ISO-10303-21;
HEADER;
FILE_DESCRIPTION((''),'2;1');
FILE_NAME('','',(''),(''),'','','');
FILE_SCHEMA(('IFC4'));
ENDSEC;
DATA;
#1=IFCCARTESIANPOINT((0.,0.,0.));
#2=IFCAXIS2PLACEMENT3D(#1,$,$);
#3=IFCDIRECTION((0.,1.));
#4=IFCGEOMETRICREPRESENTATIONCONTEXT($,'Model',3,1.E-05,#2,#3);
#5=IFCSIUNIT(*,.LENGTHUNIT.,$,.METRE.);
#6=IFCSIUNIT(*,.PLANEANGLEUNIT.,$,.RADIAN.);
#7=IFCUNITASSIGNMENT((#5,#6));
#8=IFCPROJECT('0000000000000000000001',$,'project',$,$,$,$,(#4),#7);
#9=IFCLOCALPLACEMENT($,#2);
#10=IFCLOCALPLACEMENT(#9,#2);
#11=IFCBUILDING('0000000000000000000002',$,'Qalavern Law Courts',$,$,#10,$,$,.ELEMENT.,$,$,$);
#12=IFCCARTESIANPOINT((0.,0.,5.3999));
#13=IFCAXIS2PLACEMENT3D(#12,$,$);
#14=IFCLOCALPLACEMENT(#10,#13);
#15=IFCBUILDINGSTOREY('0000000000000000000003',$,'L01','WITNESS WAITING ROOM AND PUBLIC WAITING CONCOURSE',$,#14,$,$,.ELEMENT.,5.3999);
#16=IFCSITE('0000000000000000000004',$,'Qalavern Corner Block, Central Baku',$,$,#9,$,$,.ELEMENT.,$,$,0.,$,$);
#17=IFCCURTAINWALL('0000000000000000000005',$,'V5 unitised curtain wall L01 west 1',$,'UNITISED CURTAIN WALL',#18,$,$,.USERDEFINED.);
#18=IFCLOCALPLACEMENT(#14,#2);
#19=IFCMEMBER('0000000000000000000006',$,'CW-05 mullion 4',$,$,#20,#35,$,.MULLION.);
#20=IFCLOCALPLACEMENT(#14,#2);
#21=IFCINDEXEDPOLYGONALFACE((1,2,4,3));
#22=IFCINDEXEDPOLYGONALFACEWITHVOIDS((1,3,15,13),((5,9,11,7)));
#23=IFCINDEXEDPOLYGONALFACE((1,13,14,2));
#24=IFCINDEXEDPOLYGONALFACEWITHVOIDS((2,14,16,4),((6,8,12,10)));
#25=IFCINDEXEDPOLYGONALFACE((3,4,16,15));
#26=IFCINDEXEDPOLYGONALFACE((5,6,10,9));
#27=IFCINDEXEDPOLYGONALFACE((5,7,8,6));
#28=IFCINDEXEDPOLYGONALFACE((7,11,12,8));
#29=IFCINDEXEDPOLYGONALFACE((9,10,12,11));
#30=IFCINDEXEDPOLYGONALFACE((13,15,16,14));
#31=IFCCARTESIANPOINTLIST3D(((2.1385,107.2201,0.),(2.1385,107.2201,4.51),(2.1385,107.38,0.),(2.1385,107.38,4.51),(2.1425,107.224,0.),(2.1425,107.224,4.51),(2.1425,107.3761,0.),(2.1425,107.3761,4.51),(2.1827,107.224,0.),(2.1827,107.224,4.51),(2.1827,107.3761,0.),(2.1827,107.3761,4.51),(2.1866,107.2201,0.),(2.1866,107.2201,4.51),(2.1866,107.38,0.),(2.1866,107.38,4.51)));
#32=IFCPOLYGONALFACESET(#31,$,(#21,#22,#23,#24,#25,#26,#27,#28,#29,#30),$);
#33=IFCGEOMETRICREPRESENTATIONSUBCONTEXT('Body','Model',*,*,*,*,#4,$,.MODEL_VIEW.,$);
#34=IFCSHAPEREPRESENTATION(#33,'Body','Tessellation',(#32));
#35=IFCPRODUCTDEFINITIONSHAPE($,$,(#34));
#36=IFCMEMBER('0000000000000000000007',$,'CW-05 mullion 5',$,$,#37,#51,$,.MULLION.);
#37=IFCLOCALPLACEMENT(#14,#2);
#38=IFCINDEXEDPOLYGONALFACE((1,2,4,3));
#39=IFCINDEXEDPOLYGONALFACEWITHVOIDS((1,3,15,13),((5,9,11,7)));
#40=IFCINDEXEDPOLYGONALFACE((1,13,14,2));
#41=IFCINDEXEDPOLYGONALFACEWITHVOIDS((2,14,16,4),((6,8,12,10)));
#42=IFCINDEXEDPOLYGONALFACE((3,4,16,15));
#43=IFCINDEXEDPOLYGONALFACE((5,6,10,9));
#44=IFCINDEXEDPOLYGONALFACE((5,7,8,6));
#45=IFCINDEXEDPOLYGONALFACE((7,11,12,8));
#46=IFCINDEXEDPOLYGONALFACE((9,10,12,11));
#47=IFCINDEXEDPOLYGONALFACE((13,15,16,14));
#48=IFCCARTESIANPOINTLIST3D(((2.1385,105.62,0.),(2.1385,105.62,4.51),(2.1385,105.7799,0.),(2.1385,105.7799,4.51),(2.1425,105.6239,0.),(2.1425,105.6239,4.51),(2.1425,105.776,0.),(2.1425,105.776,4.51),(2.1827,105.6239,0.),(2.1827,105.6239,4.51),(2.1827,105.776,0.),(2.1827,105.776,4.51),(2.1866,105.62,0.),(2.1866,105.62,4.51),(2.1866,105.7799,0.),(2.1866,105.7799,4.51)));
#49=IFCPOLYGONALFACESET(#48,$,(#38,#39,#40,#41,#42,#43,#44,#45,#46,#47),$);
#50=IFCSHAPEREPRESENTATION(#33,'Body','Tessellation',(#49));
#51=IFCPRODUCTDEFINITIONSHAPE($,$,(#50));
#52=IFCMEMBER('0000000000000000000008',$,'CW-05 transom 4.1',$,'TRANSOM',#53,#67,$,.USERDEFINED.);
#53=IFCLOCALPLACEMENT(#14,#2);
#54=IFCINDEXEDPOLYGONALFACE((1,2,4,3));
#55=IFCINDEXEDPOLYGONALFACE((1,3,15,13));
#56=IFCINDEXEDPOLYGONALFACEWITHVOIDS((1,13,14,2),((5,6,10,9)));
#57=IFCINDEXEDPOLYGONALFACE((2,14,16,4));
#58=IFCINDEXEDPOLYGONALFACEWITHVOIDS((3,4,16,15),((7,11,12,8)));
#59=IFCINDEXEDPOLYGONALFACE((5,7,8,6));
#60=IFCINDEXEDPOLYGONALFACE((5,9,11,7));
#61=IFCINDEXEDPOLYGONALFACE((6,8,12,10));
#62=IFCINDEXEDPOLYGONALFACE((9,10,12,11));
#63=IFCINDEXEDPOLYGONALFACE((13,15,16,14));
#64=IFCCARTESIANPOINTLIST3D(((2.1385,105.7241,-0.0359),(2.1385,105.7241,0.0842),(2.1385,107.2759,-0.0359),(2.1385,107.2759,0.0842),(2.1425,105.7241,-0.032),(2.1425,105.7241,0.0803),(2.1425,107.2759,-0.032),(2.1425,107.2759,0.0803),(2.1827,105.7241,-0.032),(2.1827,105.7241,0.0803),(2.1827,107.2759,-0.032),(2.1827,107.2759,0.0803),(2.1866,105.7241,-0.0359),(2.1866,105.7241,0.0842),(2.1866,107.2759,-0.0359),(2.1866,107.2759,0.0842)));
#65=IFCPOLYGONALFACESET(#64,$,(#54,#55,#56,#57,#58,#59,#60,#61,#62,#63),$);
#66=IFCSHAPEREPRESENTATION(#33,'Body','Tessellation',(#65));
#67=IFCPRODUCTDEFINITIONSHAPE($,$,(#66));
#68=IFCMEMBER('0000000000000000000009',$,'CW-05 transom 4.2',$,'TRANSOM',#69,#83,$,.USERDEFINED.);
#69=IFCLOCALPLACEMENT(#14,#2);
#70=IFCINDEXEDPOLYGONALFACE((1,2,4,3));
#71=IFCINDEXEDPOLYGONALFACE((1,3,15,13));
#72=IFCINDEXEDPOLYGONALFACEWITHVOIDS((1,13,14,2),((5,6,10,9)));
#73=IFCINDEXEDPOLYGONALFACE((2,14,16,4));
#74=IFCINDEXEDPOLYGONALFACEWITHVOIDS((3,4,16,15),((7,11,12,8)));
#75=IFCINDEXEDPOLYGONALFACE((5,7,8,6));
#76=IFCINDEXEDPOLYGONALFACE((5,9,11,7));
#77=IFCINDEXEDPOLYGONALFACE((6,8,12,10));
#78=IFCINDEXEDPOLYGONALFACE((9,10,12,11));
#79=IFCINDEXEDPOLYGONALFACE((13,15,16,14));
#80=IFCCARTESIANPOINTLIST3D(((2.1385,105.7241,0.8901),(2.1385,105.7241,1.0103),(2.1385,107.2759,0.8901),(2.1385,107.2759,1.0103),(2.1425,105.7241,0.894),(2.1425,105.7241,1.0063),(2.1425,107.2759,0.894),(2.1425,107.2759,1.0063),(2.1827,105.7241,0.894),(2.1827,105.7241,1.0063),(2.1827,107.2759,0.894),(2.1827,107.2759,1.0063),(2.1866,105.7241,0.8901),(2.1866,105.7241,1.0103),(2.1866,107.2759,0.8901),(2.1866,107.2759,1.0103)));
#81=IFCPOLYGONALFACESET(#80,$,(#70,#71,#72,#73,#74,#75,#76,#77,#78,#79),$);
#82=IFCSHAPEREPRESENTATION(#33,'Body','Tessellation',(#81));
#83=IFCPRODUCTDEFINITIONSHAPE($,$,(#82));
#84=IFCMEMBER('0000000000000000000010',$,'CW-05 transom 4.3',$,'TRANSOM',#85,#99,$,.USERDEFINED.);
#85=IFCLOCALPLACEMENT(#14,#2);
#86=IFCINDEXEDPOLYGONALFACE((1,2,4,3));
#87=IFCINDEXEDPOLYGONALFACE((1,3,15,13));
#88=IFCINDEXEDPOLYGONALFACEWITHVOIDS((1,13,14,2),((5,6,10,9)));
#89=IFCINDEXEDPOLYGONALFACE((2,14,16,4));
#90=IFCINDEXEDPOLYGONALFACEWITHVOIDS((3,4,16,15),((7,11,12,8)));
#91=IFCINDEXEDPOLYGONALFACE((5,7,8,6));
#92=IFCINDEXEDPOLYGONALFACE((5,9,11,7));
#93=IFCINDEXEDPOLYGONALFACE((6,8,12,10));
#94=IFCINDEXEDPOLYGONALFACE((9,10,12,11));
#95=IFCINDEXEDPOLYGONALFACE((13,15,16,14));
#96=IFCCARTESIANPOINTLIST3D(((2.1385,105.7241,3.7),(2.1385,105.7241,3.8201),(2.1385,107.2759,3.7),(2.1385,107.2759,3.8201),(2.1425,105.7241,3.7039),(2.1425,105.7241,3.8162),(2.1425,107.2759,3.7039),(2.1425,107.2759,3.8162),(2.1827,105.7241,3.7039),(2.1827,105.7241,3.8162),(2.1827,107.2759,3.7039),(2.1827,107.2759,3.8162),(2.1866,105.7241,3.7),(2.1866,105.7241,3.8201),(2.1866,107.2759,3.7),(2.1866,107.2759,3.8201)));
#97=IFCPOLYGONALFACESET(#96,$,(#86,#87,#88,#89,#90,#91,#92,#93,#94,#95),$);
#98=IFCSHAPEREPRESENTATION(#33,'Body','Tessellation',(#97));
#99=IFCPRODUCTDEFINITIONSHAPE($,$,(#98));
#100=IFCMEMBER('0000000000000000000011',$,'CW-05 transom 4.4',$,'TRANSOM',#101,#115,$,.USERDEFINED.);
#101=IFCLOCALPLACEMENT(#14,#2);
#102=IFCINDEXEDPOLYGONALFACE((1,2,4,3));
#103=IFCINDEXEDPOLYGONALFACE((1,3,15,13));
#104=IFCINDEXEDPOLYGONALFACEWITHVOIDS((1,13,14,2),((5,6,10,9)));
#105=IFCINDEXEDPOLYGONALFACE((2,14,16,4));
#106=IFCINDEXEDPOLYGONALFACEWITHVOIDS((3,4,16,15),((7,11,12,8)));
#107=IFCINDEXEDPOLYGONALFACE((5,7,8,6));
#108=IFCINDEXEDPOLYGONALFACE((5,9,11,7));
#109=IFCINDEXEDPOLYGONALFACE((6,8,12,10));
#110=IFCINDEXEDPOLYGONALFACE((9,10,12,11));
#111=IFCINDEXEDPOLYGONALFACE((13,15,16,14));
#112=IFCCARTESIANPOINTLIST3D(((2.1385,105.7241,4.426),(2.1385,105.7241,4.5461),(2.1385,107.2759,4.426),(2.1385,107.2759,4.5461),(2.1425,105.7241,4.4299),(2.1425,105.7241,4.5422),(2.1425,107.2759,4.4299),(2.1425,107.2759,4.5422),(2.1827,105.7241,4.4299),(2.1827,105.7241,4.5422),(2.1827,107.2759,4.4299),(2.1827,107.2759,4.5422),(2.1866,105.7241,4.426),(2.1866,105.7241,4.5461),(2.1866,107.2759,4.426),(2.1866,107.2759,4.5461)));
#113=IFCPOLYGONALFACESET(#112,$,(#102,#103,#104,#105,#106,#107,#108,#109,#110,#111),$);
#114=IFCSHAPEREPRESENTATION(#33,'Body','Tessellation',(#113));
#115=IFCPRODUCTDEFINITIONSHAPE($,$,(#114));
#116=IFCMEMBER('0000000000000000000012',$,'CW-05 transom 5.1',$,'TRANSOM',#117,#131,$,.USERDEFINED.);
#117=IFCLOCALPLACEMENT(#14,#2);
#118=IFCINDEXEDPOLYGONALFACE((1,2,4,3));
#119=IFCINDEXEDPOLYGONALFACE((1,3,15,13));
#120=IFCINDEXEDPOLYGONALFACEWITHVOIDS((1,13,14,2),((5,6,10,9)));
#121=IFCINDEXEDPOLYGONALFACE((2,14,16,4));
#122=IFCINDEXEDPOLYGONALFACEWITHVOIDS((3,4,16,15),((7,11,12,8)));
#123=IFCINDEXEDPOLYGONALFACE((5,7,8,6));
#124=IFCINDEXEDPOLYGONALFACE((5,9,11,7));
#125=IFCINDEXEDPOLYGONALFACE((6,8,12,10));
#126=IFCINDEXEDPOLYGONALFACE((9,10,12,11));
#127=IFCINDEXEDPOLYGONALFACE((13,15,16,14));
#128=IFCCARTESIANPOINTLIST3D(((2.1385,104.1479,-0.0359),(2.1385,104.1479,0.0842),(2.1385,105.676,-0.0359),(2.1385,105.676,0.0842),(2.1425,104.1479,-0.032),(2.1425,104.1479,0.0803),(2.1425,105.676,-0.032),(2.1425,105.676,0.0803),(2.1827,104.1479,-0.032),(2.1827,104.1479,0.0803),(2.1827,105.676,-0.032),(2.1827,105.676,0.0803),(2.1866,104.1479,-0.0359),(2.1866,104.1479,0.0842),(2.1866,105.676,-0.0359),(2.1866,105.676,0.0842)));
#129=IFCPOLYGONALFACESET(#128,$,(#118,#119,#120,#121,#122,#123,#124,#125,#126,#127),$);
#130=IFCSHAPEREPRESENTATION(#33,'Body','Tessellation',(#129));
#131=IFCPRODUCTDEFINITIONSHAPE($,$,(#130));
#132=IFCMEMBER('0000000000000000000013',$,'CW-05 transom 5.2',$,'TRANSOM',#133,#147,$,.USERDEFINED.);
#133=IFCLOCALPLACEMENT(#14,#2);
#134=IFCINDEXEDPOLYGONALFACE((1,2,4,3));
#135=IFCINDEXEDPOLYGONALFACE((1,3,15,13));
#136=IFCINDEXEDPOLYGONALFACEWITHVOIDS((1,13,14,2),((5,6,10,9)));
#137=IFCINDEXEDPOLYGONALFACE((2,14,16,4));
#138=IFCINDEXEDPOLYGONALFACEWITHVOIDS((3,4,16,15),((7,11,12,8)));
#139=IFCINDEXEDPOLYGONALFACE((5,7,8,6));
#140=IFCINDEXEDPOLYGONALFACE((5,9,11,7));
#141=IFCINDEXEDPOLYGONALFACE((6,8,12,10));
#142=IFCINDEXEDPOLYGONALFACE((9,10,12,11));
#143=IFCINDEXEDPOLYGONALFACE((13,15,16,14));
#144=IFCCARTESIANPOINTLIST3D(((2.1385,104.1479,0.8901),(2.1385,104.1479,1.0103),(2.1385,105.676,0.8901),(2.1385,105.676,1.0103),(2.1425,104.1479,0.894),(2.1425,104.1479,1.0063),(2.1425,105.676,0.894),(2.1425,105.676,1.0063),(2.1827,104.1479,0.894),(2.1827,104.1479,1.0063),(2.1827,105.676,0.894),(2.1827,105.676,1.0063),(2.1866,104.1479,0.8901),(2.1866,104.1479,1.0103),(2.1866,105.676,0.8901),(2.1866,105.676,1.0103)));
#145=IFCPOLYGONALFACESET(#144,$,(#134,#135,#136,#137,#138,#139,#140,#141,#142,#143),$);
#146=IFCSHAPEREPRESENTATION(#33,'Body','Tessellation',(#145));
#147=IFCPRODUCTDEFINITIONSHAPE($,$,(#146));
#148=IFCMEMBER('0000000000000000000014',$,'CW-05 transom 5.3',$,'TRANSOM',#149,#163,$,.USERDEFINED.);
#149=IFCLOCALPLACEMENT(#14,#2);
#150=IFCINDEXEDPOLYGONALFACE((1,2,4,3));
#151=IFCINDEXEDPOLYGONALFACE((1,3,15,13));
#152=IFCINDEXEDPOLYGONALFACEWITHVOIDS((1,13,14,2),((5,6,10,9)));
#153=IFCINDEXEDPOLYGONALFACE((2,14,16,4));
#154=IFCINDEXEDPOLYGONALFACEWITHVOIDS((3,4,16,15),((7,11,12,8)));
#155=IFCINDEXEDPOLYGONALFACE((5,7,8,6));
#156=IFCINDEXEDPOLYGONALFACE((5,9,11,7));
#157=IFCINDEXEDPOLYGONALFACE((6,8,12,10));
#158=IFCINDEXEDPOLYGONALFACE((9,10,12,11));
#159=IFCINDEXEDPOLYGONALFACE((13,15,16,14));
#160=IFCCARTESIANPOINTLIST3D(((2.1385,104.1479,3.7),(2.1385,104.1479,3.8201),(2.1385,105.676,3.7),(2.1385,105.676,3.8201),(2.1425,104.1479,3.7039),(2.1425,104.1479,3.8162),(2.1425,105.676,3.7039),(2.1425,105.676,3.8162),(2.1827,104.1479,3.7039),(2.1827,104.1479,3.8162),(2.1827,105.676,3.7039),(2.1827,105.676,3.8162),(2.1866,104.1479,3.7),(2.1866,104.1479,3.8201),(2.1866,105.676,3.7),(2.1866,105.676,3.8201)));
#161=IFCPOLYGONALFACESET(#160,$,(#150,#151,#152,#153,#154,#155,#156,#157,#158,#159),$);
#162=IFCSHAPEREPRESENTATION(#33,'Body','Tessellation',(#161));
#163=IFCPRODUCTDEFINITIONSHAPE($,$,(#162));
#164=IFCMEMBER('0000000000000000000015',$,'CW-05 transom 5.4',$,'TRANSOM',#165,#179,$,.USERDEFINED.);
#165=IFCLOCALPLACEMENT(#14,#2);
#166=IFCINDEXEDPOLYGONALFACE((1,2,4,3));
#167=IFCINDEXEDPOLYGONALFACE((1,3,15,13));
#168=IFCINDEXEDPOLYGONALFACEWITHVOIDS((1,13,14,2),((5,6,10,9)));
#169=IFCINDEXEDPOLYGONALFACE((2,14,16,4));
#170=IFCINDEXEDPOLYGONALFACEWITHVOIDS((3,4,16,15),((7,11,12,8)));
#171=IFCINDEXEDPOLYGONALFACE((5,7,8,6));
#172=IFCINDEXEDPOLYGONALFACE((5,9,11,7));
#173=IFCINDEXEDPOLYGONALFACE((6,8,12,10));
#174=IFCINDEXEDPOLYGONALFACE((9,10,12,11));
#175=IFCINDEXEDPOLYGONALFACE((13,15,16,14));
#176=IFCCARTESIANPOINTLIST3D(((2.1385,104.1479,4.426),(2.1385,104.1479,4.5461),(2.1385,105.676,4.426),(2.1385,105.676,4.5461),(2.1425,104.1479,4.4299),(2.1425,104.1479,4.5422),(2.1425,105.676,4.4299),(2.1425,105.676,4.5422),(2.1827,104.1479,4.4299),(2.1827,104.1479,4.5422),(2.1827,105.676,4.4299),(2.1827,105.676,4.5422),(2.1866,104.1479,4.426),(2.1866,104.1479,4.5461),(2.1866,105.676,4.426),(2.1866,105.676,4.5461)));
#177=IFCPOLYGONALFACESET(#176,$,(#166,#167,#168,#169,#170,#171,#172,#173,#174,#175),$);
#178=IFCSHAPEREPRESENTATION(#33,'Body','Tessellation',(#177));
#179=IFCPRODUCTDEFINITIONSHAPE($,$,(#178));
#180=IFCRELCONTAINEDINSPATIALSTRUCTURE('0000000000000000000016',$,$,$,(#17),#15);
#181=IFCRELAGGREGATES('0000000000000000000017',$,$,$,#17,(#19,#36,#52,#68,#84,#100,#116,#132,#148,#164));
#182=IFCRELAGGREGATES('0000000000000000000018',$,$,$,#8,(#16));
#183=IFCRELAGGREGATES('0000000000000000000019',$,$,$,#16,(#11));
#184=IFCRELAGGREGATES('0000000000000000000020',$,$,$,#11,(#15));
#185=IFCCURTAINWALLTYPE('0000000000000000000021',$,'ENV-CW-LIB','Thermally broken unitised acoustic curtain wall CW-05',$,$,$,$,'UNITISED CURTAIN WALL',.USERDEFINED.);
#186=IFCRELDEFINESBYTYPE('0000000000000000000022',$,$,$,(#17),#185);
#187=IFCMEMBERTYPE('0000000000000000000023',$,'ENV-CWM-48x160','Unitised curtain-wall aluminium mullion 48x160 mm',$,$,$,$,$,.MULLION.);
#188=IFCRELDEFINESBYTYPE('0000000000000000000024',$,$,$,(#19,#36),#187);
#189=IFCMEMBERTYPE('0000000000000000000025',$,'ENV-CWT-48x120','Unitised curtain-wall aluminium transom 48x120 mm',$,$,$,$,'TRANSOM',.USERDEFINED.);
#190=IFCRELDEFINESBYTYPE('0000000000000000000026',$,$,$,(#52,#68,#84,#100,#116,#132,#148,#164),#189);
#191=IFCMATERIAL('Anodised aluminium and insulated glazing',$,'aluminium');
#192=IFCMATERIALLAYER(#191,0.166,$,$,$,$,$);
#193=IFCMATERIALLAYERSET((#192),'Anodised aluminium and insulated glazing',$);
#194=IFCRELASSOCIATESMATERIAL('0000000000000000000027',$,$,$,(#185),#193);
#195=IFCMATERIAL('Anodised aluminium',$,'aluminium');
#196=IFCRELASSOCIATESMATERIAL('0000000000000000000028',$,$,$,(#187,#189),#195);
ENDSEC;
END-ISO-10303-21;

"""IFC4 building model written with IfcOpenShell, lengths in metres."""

from ifc_helpers import new_model, si_unit, direction, frame, origin, origin_2d, place, context, subcontext, project, spatial, hollow_rectangle, extrude, material, layer, layer_set, material_profile, profile_set, type_object, element, aggregate, save


model = new_model("IFC4")

# Units and contexts
model_context = context("Model", 3, precision=1e-05, world=origin(), true_north=direction((0.0, 1.0)))
body_context = subcontext(model_context, "Body", "Model", "MODEL_VIEW")
ifc_project = project(units=[si_unit("LENGTHUNIT", "METRE"), si_unit("PLANEANGLEUNIT", "RADIAN")], contexts=[model_context])

# Site, building, storey
site_placement = place(None, origin())
site = spatial("IfcSite", under=ifc_project, at=site_placement, Name="Qalavern Corner Block, Central Baku", CompositionType="ELEMENT", RefElevation=0.0)
building_placement = place(site_placement, origin())
building = spatial("IfcBuilding", under=site, at=building_placement, Name="Qalavern Law Courts", CompositionType="ELEMENT")
storey_placement = place(building_placement, frame((0.0, 0.0, 5.3999)))
storey = spatial("IfcBuildingStorey", under=building, at=storey_placement, Name="L01", Description="WITNESS WAITING ROOM AND PUBLIC WAITING CONCOURSE", CompositionType="ELEMENT", Elevation=5.3999)

# Curtain wall, members
ifc_material_1 = material(Name="Anodised aluminium and insulated glazing", Category="aluminium")
ifc_layer_1 = layer(ifc_material_1, 0.166)
ifc_layer_set_1 = layer_set([ifc_layer_1], Name="Anodised aluminium and insulated glazing")
curtain_wall_type = type_object("IfcCurtainWallType", Name="ENV-CW-LIB", Description="Thermally broken unitised acoustic curtain wall CW-05", ElementType="UNITISED CURTAIN WALL", PredefinedType="USERDEFINED", material=ifc_layer_set_1)
curtain_wall_placement = place(storey_placement, origin())
curtain_wall = element("IfcCurtainWall", 1, at=curtain_wall_placement, inside=storey, type_object=curtain_wall_type, Name="V5 unitised curtain wall L01 west 1", ObjectType="UNITISED CURTAIN WALL", PredefinedType="USERDEFINED")
ifc_material_2 = material(Name="Anodised aluminium", Category="aluminium")
ifc_material_profile_1 = material_profile(ifc_material_2, hollow_rectangle(XDim=0.0481, YDim=0.1599, WallThickness=0.0039, at=origin_2d()), Name="ALU MULLION 48x160")
ifc_profile_set_1 = profile_set([ifc_material_profile_1], Name="Anodised aluminium")
member_type_1 = type_object("IfcMemberType", Name="ENV-CWM-48x160", Description="Unitised curtain-wall aluminium mullion 48x160 mm", PredefinedType="MULLION", material=ifc_profile_set_1)
member_1_placement = place(storey_placement, frame((2.1626, 107.3, 0.0), z_axis=(0.0, 0.0, 1.0), x_axis=(1.0, 0.0, 0.0)))
member_1 = element("IfcMember", 2, at=member_1_placement, type_object=member_type_1, Name="CW-05 mullion 4", PredefinedType="MULLION", context=body_context, shape_type="SweptSolid", body=[
    extrude(hollow_rectangle(XDim=0.0481, YDim=0.1599, WallThickness=0.0039, at=origin_2d()), origin(), (0.0, 0.0, 1.0), 4.51),
])
member_2_placement = place(storey_placement, frame((2.1626, 105.7, 0.0), z_axis=(0.0, 0.0, 1.0), x_axis=(1.0, 0.0, 0.0)))
member_2 = element("IfcMember", 3, at=member_2_placement, type_object=member_type_1, Name="CW-05 mullion 5", PredefinedType="MULLION", context=body_context, shape_type="SweptSolid", body=[
    extrude(hollow_rectangle(XDim=0.0481, YDim=0.1599, WallThickness=0.0039, at=origin_2d()), origin(), (0.0, 0.0, 1.0), 4.51),
])
ifc_material_profile_2 = material_profile(ifc_material_2, hollow_rectangle(XDim=0.0481, YDim=0.1201, WallThickness=0.0039, at=origin_2d()), Name="ALU TRANSOM 48x120")
ifc_profile_set_2 = profile_set([ifc_material_profile_2], Name="Anodised aluminium")
member_type_2 = type_object("IfcMemberType", Name="ENV-CWT-48x120", Description="Unitised curtain-wall aluminium transom 48x120 mm", ElementType="TRANSOM", PredefinedType="USERDEFINED", material=ifc_profile_set_2)
member_3_placement = place(storey_placement, frame((2.1626, 107.2759, 0.0242), z_axis=(0.0, -1.0, 0.0), x_axis=(1.0, 0.0, 0.0)))
member_3 = element("IfcMember", 4, at=member_3_placement, type_object=member_type_2, Name="CW-05 transom 4.1", ObjectType="TRANSOM", PredefinedType="USERDEFINED", context=body_context, shape_type="SweptSolid", body=[
    extrude(hollow_rectangle(XDim=0.0481, YDim=0.1201, WallThickness=0.0039, at=origin_2d()), origin(), (0.0, 0.0, 1.0), 1.5518),
])
member_4_placement = place(storey_placement, frame((2.1626, 107.2759, 0.9502), z_axis=(0.0, -1.0, 0.0), x_axis=(1.0, 0.0, 0.0)))
member_4 = element("IfcMember", 5, at=member_4_placement, type_object=member_type_2, Name="CW-05 transom 4.2", ObjectType="TRANSOM", PredefinedType="USERDEFINED", context=body_context, shape_type="SweptSolid", body=[
    extrude(hollow_rectangle(XDim=0.0481, YDim=0.1201, WallThickness=0.0039, at=origin_2d()), origin(), (0.0, 0.0, 1.0), 1.5518),
])
member_5_placement = place(storey_placement, frame((2.1626, 107.2759, 3.76), z_axis=(0.0, -1.0, 0.0), x_axis=(1.0, 0.0, 0.0)))
member_5 = element("IfcMember", 6, at=member_5_placement, type_object=member_type_2, Name="CW-05 transom 4.3", ObjectType="TRANSOM", PredefinedType="USERDEFINED", context=body_context, shape_type="SweptSolid", body=[
    extrude(hollow_rectangle(XDim=0.0481, YDim=0.1201, WallThickness=0.0039, at=origin_2d()), origin(), (0.0, 0.0, 1.0), 1.5518),
])
member_6_placement = place(storey_placement, frame((2.1626, 107.2759, 4.4861), z_axis=(0.0, -1.0, 0.0), x_axis=(1.0, 0.0, 0.0)))
member_6 = element("IfcMember", 7, at=member_6_placement, type_object=member_type_2, Name="CW-05 transom 4.4", ObjectType="TRANSOM", PredefinedType="USERDEFINED", context=body_context, shape_type="SweptSolid", body=[
    extrude(hollow_rectangle(XDim=0.0481, YDim=0.1201, WallThickness=0.0039, at=origin_2d()), origin(), (0.0, 0.0, 1.0), 1.5518),
])
member_7_placement = place(storey_placement, frame((2.1626, 105.676, 0.0242), z_axis=(0.0, -1.0, 0.0), x_axis=(1.0, 0.0, 0.0)))
member_7 = element("IfcMember", 8, at=member_7_placement, type_object=member_type_2, Name="CW-05 transom 5.1", ObjectType="TRANSOM", PredefinedType="USERDEFINED", context=body_context, shape_type="SweptSolid", body=[
    extrude(hollow_rectangle(XDim=0.0481, YDim=0.1201, WallThickness=0.0039, at=origin_2d()), origin(), (0.0, 0.0, 1.0), 1.5281),
])
member_8_placement = place(storey_placement, frame((2.1626, 105.676, 0.9502), z_axis=(0.0, -1.0, 0.0), x_axis=(1.0, 0.0, 0.0)))
member_8 = element("IfcMember", 9, at=member_8_placement, type_object=member_type_2, Name="CW-05 transom 5.2", ObjectType="TRANSOM", PredefinedType="USERDEFINED", context=body_context, shape_type="SweptSolid", body=[
    extrude(hollow_rectangle(XDim=0.0481, YDim=0.1201, WallThickness=0.0039, at=origin_2d()), origin(), (0.0, 0.0, 1.0), 1.5281),
])
member_9_placement = place(storey_placement, frame((2.1626, 105.676, 3.76), z_axis=(0.0, -1.0, 0.0), x_axis=(1.0, 0.0, 0.0)))
member_9 = element("IfcMember", 10, at=member_9_placement, type_object=member_type_2, Name="CW-05 transom 5.3", ObjectType="TRANSOM", PredefinedType="USERDEFINED", context=body_context, shape_type="SweptSolid", body=[
    extrude(hollow_rectangle(XDim=0.0481, YDim=0.1201, WallThickness=0.0039, at=origin_2d()), origin(), (0.0, 0.0, 1.0), 1.5281),
])
member_10_placement = place(storey_placement, frame((2.1626, 105.676, 4.4861), z_axis=(0.0, -1.0, 0.0), x_axis=(1.0, 0.0, 0.0)))
member_10 = element("IfcMember", 11, at=member_10_placement, type_object=member_type_2, Name="CW-05 transom 5.4", ObjectType="TRANSOM", PredefinedType="USERDEFINED", context=body_context, shape_type="SweptSolid", body=[
    extrude(hollow_rectangle(XDim=0.0481, YDim=0.1201, WallThickness=0.0039, at=origin_2d()), origin(), (0.0, 0.0, 1.0), 1.5281),
])

aggregate(curtain_wall, [member_1, member_2, member_3, member_4, member_5, member_6, member_7, member_8, member_9, member_10])

save(model, "model.ifc")
